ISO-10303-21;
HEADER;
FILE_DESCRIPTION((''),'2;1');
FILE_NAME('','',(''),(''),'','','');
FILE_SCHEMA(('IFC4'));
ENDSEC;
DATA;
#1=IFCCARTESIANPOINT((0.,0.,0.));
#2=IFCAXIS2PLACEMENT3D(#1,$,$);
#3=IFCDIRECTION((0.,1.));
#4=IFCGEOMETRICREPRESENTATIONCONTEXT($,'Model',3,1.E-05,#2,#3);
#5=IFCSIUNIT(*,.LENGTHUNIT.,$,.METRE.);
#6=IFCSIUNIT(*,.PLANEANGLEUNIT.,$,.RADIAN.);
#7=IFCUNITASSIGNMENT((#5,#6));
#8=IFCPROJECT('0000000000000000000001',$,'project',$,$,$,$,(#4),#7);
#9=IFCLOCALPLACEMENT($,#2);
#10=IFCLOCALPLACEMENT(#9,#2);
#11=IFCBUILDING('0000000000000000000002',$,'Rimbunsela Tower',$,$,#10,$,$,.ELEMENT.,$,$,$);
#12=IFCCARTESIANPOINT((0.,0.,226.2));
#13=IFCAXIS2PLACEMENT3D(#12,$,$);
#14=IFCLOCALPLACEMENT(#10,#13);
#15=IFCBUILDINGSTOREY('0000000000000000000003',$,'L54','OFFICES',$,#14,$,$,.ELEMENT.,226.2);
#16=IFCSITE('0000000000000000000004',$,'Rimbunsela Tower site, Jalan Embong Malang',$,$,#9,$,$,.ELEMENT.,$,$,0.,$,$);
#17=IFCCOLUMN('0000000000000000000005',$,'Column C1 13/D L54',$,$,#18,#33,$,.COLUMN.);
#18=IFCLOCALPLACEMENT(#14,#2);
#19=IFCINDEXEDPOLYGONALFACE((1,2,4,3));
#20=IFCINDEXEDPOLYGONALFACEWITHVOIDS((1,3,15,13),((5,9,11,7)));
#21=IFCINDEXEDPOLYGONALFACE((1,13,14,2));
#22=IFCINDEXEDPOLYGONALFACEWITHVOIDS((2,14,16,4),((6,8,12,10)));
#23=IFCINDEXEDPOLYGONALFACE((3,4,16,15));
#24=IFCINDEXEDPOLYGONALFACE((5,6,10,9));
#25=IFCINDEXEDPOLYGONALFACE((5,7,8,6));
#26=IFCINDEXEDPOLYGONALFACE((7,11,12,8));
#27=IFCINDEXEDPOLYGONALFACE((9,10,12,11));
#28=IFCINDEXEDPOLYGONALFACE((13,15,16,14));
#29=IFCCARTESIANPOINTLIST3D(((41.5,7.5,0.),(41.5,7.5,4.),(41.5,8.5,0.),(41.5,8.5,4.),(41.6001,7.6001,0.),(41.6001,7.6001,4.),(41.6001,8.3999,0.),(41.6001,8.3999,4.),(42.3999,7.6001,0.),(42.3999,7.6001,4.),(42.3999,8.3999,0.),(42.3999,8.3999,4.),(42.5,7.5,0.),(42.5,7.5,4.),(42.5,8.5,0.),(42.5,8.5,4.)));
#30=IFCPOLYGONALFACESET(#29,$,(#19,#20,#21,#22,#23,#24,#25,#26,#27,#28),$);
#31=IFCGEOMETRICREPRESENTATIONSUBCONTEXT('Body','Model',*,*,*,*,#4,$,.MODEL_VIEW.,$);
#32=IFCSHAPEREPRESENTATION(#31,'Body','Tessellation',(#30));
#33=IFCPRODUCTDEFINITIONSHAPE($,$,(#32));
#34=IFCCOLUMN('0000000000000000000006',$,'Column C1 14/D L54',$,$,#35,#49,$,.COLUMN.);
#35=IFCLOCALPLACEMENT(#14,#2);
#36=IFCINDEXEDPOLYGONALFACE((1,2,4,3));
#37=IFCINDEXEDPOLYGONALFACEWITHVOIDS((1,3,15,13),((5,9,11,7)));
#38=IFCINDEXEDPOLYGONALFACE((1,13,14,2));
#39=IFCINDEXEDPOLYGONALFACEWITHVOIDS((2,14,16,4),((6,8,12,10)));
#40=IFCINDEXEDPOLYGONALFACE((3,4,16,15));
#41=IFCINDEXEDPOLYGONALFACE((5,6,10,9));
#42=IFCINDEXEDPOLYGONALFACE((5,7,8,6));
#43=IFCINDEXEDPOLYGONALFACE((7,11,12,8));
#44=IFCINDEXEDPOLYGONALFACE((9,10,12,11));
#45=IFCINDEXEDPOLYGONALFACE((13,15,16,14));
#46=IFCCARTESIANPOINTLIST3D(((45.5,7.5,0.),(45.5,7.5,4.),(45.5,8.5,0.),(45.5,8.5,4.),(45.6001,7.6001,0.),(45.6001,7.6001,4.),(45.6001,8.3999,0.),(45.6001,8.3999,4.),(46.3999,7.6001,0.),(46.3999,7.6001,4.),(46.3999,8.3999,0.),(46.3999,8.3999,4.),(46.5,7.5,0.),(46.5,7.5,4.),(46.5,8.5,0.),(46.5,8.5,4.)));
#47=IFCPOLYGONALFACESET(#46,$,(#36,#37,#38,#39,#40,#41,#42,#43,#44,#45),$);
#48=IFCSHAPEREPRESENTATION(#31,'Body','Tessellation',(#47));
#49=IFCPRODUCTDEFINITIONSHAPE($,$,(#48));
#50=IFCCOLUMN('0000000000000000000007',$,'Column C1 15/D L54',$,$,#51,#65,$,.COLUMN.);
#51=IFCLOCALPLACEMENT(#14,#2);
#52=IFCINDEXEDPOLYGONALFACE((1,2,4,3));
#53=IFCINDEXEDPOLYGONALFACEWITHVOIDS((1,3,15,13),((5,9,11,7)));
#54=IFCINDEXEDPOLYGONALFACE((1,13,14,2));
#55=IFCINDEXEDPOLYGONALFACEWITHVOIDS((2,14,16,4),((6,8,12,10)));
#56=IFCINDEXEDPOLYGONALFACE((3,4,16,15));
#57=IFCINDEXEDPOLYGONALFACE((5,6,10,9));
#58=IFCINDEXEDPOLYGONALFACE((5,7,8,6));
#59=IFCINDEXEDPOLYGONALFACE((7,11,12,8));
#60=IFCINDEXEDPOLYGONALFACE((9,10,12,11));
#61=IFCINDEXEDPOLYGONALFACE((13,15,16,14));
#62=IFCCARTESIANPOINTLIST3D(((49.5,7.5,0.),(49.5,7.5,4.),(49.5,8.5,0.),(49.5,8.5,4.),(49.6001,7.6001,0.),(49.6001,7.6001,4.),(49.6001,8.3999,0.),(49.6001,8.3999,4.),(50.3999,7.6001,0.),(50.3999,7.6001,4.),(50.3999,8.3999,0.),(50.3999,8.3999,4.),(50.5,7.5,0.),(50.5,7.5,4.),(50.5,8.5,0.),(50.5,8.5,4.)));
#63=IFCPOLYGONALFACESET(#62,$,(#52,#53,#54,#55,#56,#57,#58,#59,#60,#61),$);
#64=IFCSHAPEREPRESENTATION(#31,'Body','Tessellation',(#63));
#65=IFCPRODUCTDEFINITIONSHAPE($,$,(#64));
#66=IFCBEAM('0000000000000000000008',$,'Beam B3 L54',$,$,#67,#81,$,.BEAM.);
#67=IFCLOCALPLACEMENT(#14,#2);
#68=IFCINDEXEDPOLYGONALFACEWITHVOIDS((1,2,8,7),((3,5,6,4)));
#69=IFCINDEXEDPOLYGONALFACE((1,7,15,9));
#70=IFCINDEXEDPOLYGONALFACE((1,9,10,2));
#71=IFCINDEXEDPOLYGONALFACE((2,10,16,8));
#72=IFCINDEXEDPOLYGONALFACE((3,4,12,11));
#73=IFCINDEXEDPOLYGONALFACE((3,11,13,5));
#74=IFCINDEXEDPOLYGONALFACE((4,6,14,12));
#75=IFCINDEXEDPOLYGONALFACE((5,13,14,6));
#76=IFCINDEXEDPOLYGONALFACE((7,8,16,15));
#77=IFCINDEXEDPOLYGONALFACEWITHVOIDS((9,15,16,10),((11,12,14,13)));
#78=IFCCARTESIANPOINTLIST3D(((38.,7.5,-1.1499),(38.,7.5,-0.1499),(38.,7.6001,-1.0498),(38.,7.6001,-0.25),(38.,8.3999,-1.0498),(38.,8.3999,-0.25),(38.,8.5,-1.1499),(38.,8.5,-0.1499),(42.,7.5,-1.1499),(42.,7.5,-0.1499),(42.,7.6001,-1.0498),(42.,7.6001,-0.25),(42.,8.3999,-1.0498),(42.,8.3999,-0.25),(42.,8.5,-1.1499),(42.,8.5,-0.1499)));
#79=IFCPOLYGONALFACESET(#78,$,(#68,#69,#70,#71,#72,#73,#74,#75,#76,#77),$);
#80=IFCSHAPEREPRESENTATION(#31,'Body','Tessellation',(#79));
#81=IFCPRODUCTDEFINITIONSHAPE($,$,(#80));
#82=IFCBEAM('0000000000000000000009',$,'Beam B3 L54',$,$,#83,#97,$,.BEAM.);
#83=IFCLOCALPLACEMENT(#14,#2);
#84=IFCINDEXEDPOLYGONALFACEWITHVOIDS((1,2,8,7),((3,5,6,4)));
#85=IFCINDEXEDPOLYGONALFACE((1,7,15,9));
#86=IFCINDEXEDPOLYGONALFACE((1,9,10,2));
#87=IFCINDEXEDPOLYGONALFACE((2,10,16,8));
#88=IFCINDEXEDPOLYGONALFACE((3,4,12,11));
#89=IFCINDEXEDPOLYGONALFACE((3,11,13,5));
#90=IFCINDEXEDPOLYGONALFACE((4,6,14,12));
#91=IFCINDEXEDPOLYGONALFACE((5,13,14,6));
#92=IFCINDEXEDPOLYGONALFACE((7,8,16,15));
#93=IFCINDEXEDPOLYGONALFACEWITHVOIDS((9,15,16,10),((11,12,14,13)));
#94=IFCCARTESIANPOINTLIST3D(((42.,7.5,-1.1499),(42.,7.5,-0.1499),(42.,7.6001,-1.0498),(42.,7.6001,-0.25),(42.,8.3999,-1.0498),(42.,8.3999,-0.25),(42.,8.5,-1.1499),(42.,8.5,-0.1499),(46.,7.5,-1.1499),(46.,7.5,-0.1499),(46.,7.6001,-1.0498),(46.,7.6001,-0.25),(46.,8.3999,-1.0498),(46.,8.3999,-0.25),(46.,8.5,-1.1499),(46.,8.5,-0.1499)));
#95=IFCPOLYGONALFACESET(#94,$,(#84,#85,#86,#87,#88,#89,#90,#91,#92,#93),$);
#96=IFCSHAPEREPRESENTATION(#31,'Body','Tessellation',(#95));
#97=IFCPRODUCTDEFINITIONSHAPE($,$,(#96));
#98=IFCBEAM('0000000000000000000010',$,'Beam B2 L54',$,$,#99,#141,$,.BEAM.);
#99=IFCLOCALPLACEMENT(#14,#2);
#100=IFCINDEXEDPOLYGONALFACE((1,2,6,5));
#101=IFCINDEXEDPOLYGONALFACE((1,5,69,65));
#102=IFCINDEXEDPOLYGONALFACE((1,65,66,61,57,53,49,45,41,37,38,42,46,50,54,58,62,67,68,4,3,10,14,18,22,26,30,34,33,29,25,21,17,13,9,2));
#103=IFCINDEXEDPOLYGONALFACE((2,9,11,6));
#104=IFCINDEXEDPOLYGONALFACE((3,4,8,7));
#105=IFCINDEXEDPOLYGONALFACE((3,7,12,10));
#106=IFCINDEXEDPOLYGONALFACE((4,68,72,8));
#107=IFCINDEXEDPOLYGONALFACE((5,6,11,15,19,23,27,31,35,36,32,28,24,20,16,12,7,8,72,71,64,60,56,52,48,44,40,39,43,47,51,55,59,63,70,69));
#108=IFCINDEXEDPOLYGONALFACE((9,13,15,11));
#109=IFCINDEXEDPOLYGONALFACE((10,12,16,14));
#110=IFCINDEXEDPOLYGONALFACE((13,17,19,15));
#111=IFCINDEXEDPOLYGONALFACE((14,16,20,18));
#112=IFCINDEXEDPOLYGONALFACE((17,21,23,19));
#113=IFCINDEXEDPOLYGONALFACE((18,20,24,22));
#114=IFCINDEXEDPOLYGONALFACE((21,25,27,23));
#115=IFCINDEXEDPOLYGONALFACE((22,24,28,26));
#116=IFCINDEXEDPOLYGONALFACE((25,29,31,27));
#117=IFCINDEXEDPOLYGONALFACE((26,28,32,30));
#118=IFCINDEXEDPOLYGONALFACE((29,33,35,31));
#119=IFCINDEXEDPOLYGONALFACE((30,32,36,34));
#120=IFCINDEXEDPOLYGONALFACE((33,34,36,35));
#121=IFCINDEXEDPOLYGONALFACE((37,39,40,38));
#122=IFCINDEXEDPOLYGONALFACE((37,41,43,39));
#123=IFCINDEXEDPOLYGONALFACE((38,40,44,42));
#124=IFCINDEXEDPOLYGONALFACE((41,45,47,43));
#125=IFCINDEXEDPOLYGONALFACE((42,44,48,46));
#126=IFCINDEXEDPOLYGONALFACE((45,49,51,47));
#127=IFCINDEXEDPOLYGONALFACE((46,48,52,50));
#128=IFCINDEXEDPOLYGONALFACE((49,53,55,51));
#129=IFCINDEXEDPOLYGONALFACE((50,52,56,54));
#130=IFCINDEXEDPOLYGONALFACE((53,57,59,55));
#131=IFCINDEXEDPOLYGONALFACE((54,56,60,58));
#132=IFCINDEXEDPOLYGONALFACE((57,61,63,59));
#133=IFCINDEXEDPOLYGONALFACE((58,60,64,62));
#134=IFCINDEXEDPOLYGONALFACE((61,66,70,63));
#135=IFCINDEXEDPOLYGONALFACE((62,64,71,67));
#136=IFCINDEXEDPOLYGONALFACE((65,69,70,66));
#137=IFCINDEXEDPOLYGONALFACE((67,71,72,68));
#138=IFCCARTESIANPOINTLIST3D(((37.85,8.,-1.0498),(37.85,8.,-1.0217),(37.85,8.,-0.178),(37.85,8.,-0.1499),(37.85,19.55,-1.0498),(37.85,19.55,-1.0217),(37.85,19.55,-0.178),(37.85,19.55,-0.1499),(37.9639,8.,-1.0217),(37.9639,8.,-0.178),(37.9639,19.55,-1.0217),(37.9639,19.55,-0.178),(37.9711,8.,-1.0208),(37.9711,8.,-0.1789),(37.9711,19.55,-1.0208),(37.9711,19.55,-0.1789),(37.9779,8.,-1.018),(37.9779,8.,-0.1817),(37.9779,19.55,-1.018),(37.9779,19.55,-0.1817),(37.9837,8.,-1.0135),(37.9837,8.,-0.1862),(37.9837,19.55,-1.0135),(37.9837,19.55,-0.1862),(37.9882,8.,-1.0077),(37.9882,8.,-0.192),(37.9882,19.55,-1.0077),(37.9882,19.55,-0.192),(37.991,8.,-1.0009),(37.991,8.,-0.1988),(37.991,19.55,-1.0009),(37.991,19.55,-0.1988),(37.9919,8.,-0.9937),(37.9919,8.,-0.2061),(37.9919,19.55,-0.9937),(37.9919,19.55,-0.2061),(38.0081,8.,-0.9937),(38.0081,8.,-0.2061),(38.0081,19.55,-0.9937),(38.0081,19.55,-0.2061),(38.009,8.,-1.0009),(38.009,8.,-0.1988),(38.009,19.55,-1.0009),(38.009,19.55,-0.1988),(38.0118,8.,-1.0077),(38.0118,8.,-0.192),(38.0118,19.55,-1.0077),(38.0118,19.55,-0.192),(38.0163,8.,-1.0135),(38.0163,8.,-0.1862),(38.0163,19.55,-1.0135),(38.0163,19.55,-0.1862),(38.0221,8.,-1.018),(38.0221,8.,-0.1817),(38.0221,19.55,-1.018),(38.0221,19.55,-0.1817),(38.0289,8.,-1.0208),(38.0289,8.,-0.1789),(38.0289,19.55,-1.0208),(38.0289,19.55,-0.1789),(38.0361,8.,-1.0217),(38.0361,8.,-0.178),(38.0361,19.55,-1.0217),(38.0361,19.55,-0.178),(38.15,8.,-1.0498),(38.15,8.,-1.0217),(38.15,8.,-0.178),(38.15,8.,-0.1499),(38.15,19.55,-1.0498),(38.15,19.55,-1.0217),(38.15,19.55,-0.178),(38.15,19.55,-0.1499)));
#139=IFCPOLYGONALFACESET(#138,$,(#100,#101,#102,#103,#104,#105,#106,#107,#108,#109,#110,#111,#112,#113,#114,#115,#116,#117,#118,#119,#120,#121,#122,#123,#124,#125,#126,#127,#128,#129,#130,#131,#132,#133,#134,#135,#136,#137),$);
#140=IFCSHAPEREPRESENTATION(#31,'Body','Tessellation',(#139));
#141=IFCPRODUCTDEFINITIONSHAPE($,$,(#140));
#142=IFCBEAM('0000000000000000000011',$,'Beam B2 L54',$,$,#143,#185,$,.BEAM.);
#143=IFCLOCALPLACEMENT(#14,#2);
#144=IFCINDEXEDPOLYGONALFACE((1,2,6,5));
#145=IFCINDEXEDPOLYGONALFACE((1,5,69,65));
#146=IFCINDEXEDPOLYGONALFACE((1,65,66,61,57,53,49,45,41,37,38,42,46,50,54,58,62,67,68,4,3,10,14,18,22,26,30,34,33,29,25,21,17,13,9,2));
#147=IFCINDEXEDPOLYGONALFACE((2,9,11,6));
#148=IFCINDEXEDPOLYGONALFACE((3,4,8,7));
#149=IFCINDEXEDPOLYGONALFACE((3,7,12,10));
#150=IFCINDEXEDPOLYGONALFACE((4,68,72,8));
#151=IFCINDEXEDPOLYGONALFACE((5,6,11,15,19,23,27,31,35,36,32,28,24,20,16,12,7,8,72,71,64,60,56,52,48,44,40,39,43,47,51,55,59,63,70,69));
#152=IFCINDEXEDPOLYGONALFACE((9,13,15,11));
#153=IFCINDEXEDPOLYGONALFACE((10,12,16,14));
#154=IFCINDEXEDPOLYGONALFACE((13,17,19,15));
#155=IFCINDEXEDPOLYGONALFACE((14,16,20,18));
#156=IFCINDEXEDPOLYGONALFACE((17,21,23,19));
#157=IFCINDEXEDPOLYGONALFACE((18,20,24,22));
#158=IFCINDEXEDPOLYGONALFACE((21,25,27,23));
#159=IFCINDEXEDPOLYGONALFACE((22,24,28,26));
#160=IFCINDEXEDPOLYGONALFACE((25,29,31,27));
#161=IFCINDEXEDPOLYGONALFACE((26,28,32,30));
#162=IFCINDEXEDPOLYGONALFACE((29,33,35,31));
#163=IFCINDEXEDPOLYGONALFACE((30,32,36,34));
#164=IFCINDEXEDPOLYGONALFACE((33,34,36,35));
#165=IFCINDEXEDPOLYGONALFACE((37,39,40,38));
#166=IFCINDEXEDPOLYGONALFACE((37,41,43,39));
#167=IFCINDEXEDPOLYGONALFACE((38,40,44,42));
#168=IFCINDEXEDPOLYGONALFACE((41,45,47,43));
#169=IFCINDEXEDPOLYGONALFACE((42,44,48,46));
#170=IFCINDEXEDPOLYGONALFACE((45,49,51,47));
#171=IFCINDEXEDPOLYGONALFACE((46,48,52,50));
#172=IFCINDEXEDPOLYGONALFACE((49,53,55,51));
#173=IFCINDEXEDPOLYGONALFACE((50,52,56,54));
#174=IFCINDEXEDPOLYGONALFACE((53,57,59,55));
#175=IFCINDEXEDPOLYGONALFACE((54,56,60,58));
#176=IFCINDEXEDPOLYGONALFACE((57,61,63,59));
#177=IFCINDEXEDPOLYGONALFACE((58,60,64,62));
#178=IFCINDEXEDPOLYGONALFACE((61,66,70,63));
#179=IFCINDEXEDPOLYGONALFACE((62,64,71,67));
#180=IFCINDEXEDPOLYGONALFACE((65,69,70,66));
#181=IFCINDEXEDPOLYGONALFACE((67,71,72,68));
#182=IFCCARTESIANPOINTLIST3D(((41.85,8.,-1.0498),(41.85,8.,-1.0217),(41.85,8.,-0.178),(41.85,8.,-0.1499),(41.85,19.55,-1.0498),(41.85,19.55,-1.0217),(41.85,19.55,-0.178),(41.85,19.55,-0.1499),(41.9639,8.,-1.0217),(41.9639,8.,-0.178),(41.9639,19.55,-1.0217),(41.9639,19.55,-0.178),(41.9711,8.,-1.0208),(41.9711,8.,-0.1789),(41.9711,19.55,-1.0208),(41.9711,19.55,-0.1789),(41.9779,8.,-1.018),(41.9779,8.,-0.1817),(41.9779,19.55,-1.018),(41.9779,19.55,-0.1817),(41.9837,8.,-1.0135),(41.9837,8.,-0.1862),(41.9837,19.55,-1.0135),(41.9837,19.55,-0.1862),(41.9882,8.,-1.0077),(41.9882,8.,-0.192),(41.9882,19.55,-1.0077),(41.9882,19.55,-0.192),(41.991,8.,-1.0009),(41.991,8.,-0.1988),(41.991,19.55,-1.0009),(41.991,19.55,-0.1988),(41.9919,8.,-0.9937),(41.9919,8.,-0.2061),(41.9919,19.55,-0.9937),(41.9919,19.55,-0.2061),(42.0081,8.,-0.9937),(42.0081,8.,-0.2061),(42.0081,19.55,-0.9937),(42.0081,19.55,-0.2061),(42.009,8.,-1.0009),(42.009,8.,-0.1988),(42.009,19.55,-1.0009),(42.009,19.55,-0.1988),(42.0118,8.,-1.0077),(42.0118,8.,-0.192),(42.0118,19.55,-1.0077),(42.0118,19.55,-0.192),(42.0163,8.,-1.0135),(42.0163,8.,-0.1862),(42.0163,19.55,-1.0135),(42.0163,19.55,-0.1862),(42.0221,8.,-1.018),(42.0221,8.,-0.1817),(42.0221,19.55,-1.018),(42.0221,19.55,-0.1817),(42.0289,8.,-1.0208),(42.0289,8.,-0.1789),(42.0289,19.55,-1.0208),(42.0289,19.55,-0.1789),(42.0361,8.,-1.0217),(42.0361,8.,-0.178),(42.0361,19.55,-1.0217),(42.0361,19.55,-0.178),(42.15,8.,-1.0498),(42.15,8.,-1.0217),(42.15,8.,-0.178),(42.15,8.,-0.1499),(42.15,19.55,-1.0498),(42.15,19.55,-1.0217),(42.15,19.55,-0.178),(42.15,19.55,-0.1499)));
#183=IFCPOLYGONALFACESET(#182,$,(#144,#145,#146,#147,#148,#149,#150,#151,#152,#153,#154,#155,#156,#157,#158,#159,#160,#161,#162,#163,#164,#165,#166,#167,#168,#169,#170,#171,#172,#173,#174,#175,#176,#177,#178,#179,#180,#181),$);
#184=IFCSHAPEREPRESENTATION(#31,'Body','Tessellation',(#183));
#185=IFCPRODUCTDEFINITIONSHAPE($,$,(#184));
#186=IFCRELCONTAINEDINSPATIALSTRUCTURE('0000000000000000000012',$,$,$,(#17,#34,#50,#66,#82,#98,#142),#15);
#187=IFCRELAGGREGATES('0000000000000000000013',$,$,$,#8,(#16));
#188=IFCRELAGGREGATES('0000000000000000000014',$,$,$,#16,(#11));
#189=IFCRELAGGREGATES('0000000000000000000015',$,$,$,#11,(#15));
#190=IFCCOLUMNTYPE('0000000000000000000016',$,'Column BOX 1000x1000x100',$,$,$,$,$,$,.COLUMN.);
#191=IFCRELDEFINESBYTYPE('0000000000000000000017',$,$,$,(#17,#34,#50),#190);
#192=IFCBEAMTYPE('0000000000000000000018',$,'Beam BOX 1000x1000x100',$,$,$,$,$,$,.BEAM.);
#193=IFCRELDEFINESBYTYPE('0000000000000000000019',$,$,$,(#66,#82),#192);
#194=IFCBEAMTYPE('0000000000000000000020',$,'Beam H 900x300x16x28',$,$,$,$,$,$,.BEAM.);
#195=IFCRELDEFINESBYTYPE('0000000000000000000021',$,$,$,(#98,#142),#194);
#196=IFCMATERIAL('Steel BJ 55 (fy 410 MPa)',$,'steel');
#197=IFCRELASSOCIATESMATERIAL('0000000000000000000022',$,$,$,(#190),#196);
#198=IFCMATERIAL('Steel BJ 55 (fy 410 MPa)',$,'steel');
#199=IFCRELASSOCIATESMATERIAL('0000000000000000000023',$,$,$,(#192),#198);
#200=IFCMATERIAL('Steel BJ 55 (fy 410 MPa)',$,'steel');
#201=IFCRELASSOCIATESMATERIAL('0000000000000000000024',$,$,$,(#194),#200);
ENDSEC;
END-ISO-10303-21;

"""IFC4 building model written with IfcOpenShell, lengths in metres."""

from ifc_helpers import new_model, si_unit, direction, frame, origin, origin_2d, place, context, subcontext, project, spatial, hollow_rectangle, i_section, extrude, material, material_profile, profile_set, type_object, element, save


model = new_model("IFC4")

# Units and contexts
model_context = context("Model", 3, precision=1e-05, world=origin(), true_north=direction((0.0, 1.0)))
body_context = subcontext(model_context, "Body", "Model", "MODEL_VIEW")
ifc_project = project(units=[si_unit("LENGTHUNIT", "METRE"), si_unit("PLANEANGLEUNIT", "RADIAN")], contexts=[model_context])

# Site, building, storey
site_placement = place(None, origin())
site = spatial("IfcSite", under=ifc_project, at=site_placement, Name="Rimbunsela Tower site, Jalan Embong Malang", CompositionType="ELEMENT", RefElevation=0.0)
building_placement = place(site_placement, origin())
building = spatial("IfcBuilding", under=site, at=building_placement, Name="Rimbunsela Tower", CompositionType="ELEMENT")
storey_placement = place(building_placement, frame((0.0, 0.0, 226.2)))
storey = spatial("IfcBuildingStorey", under=building, at=storey_placement, Name="L54", Description="OFFICES", CompositionType="ELEMENT", Elevation=226.2)

# Columns
ifc_material_1 = material(Name="Steel BJ 55 (fy 410 MPa)", Category="steel")
ifc_material_profile_1 = material_profile(ifc_material_1, hollow_rectangle(XDim=1.0, YDim=1.0, WallThickness=0.1001, at=origin_2d()), Name="BOX 1000x1000x100")
ifc_profile_set_1 = profile_set([ifc_material_profile_1], Name="Steel BJ 55 (fy 410 MPa)")
column_type = type_object("IfcColumnType", Name="Column BOX 1000x1000x100", PredefinedType="COLUMN", material=ifc_profile_set_1)
for number, where, z_axis, x_axis, name in (
    (1, (42.0, 8.0, 0.0), (0.0, 0.0, 1.0), (1.0, 0.0, 0.0), "Column C1 13/D L54"),
    (2, (46.0, 8.0, 0.0), (0.0, 0.0, 1.0), (1.0, 0.0, 0.0), "Column C1 14/D L54"),
    (3, (50.0, 8.0, 0.0), (0.0, 0.0, 1.0), (1.0, 0.0, 0.0), "Column C1 15/D L54"),
):
    element("IfcColumn", number, at=place(storey_placement, frame(where, z_axis=z_axis, x_axis=x_axis)), inside=storey, type_object=column_type, Name=name, PredefinedType="COLUMN", context=body_context, shape_type="SweptSolid", body=[
        extrude(hollow_rectangle(XDim=1.0, YDim=1.0, WallThickness=0.1001, at=origin_2d()), origin(), (0.0, 0.0, 1.0), 4.0),
    ])

# Beams
ifc_material_2 = material(Name="Steel BJ 55 (fy 410 MPa)", Category="steel")
ifc_material_profile_2 = material_profile(ifc_material_2, hollow_rectangle(XDim=1.0, YDim=1.0, WallThickness=0.1001, at=origin_2d()), Name="BOX 1000x1000x100")
ifc_profile_set_2 = profile_set([ifc_material_profile_2], Name="Steel BJ 55 (fy 410 MPa)")
beam_type_1 = type_object("IfcBeamType", Name="Beam BOX 1000x1000x100", PredefinedType="BEAM", material=ifc_profile_set_2)
for number, where, z_axis, x_axis, name in (
    (4, (38.0, 8.0, -0.6499), (1.0, 0.0, 0.0), (0.0, 1.0, 0.0), "Beam B3 L54"),
    (5, (42.0, 8.0, -0.6499), (1.0, 0.0, 0.0), (0.0, 1.0, 0.0), "Beam B3 L54"),
):
    element("IfcBeam", number, at=place(storey_placement, frame(where, z_axis=z_axis, x_axis=x_axis)), inside=storey, type_object=beam_type_1, Name=name, PredefinedType="BEAM", context=body_context, shape_type="SweptSolid", body=[
        extrude(hollow_rectangle(XDim=1.0, YDim=1.0, WallThickness=0.1001, at=origin_2d()), origin(), (0.0, 0.0, 1.0), 4.0),
    ])
ifc_material_3 = material(Name="Steel BJ 55 (fy 410 MPa)", Category="steel")
ifc_material_profile_3 = material_profile(ifc_material_3, i_section(OverallWidth=0.3, OverallDepth=0.8999, WebThickness=0.0161, FlangeThickness=0.0281, FilletRadius=0.0281, at=origin_2d()), Name="H 900x300x16x28")
ifc_profile_set_3 = profile_set([ifc_material_profile_3], Name="Steel BJ 55 (fy 410 MPa)")
beam_type_2 = type_object("IfcBeamType", Name="Beam H 900x300x16x28", PredefinedType="BEAM", material=ifc_profile_set_3)
for number, where, z_axis, x_axis, name in (
    (6, (38.0, 8.0, -0.5999), (0.0, 1.0, 0.0), (-1.0, 0.0, 0.0), "Beam B2 L54"),
    (7, (42.0, 8.0, -0.5999), (0.0, 1.0, 0.0), (-1.0, 0.0, 0.0), "Beam B2 L54"),
):
    element("IfcBeam", number, at=place(storey_placement, frame(where, z_axis=z_axis, x_axis=x_axis)), inside=storey, type_object=beam_type_2, Name=name, PredefinedType="BEAM", context=body_context, shape_type="SweptSolid", body=[
        extrude(i_section(OverallWidth=0.3, OverallDepth=0.8999, WebThickness=0.0161, FlangeThickness=0.0281, FilletRadius=0.0281, at=origin_2d()), origin(), (0.0, 0.0, 1.0), 11.55),
    ])

save(model, "model.ifc")
